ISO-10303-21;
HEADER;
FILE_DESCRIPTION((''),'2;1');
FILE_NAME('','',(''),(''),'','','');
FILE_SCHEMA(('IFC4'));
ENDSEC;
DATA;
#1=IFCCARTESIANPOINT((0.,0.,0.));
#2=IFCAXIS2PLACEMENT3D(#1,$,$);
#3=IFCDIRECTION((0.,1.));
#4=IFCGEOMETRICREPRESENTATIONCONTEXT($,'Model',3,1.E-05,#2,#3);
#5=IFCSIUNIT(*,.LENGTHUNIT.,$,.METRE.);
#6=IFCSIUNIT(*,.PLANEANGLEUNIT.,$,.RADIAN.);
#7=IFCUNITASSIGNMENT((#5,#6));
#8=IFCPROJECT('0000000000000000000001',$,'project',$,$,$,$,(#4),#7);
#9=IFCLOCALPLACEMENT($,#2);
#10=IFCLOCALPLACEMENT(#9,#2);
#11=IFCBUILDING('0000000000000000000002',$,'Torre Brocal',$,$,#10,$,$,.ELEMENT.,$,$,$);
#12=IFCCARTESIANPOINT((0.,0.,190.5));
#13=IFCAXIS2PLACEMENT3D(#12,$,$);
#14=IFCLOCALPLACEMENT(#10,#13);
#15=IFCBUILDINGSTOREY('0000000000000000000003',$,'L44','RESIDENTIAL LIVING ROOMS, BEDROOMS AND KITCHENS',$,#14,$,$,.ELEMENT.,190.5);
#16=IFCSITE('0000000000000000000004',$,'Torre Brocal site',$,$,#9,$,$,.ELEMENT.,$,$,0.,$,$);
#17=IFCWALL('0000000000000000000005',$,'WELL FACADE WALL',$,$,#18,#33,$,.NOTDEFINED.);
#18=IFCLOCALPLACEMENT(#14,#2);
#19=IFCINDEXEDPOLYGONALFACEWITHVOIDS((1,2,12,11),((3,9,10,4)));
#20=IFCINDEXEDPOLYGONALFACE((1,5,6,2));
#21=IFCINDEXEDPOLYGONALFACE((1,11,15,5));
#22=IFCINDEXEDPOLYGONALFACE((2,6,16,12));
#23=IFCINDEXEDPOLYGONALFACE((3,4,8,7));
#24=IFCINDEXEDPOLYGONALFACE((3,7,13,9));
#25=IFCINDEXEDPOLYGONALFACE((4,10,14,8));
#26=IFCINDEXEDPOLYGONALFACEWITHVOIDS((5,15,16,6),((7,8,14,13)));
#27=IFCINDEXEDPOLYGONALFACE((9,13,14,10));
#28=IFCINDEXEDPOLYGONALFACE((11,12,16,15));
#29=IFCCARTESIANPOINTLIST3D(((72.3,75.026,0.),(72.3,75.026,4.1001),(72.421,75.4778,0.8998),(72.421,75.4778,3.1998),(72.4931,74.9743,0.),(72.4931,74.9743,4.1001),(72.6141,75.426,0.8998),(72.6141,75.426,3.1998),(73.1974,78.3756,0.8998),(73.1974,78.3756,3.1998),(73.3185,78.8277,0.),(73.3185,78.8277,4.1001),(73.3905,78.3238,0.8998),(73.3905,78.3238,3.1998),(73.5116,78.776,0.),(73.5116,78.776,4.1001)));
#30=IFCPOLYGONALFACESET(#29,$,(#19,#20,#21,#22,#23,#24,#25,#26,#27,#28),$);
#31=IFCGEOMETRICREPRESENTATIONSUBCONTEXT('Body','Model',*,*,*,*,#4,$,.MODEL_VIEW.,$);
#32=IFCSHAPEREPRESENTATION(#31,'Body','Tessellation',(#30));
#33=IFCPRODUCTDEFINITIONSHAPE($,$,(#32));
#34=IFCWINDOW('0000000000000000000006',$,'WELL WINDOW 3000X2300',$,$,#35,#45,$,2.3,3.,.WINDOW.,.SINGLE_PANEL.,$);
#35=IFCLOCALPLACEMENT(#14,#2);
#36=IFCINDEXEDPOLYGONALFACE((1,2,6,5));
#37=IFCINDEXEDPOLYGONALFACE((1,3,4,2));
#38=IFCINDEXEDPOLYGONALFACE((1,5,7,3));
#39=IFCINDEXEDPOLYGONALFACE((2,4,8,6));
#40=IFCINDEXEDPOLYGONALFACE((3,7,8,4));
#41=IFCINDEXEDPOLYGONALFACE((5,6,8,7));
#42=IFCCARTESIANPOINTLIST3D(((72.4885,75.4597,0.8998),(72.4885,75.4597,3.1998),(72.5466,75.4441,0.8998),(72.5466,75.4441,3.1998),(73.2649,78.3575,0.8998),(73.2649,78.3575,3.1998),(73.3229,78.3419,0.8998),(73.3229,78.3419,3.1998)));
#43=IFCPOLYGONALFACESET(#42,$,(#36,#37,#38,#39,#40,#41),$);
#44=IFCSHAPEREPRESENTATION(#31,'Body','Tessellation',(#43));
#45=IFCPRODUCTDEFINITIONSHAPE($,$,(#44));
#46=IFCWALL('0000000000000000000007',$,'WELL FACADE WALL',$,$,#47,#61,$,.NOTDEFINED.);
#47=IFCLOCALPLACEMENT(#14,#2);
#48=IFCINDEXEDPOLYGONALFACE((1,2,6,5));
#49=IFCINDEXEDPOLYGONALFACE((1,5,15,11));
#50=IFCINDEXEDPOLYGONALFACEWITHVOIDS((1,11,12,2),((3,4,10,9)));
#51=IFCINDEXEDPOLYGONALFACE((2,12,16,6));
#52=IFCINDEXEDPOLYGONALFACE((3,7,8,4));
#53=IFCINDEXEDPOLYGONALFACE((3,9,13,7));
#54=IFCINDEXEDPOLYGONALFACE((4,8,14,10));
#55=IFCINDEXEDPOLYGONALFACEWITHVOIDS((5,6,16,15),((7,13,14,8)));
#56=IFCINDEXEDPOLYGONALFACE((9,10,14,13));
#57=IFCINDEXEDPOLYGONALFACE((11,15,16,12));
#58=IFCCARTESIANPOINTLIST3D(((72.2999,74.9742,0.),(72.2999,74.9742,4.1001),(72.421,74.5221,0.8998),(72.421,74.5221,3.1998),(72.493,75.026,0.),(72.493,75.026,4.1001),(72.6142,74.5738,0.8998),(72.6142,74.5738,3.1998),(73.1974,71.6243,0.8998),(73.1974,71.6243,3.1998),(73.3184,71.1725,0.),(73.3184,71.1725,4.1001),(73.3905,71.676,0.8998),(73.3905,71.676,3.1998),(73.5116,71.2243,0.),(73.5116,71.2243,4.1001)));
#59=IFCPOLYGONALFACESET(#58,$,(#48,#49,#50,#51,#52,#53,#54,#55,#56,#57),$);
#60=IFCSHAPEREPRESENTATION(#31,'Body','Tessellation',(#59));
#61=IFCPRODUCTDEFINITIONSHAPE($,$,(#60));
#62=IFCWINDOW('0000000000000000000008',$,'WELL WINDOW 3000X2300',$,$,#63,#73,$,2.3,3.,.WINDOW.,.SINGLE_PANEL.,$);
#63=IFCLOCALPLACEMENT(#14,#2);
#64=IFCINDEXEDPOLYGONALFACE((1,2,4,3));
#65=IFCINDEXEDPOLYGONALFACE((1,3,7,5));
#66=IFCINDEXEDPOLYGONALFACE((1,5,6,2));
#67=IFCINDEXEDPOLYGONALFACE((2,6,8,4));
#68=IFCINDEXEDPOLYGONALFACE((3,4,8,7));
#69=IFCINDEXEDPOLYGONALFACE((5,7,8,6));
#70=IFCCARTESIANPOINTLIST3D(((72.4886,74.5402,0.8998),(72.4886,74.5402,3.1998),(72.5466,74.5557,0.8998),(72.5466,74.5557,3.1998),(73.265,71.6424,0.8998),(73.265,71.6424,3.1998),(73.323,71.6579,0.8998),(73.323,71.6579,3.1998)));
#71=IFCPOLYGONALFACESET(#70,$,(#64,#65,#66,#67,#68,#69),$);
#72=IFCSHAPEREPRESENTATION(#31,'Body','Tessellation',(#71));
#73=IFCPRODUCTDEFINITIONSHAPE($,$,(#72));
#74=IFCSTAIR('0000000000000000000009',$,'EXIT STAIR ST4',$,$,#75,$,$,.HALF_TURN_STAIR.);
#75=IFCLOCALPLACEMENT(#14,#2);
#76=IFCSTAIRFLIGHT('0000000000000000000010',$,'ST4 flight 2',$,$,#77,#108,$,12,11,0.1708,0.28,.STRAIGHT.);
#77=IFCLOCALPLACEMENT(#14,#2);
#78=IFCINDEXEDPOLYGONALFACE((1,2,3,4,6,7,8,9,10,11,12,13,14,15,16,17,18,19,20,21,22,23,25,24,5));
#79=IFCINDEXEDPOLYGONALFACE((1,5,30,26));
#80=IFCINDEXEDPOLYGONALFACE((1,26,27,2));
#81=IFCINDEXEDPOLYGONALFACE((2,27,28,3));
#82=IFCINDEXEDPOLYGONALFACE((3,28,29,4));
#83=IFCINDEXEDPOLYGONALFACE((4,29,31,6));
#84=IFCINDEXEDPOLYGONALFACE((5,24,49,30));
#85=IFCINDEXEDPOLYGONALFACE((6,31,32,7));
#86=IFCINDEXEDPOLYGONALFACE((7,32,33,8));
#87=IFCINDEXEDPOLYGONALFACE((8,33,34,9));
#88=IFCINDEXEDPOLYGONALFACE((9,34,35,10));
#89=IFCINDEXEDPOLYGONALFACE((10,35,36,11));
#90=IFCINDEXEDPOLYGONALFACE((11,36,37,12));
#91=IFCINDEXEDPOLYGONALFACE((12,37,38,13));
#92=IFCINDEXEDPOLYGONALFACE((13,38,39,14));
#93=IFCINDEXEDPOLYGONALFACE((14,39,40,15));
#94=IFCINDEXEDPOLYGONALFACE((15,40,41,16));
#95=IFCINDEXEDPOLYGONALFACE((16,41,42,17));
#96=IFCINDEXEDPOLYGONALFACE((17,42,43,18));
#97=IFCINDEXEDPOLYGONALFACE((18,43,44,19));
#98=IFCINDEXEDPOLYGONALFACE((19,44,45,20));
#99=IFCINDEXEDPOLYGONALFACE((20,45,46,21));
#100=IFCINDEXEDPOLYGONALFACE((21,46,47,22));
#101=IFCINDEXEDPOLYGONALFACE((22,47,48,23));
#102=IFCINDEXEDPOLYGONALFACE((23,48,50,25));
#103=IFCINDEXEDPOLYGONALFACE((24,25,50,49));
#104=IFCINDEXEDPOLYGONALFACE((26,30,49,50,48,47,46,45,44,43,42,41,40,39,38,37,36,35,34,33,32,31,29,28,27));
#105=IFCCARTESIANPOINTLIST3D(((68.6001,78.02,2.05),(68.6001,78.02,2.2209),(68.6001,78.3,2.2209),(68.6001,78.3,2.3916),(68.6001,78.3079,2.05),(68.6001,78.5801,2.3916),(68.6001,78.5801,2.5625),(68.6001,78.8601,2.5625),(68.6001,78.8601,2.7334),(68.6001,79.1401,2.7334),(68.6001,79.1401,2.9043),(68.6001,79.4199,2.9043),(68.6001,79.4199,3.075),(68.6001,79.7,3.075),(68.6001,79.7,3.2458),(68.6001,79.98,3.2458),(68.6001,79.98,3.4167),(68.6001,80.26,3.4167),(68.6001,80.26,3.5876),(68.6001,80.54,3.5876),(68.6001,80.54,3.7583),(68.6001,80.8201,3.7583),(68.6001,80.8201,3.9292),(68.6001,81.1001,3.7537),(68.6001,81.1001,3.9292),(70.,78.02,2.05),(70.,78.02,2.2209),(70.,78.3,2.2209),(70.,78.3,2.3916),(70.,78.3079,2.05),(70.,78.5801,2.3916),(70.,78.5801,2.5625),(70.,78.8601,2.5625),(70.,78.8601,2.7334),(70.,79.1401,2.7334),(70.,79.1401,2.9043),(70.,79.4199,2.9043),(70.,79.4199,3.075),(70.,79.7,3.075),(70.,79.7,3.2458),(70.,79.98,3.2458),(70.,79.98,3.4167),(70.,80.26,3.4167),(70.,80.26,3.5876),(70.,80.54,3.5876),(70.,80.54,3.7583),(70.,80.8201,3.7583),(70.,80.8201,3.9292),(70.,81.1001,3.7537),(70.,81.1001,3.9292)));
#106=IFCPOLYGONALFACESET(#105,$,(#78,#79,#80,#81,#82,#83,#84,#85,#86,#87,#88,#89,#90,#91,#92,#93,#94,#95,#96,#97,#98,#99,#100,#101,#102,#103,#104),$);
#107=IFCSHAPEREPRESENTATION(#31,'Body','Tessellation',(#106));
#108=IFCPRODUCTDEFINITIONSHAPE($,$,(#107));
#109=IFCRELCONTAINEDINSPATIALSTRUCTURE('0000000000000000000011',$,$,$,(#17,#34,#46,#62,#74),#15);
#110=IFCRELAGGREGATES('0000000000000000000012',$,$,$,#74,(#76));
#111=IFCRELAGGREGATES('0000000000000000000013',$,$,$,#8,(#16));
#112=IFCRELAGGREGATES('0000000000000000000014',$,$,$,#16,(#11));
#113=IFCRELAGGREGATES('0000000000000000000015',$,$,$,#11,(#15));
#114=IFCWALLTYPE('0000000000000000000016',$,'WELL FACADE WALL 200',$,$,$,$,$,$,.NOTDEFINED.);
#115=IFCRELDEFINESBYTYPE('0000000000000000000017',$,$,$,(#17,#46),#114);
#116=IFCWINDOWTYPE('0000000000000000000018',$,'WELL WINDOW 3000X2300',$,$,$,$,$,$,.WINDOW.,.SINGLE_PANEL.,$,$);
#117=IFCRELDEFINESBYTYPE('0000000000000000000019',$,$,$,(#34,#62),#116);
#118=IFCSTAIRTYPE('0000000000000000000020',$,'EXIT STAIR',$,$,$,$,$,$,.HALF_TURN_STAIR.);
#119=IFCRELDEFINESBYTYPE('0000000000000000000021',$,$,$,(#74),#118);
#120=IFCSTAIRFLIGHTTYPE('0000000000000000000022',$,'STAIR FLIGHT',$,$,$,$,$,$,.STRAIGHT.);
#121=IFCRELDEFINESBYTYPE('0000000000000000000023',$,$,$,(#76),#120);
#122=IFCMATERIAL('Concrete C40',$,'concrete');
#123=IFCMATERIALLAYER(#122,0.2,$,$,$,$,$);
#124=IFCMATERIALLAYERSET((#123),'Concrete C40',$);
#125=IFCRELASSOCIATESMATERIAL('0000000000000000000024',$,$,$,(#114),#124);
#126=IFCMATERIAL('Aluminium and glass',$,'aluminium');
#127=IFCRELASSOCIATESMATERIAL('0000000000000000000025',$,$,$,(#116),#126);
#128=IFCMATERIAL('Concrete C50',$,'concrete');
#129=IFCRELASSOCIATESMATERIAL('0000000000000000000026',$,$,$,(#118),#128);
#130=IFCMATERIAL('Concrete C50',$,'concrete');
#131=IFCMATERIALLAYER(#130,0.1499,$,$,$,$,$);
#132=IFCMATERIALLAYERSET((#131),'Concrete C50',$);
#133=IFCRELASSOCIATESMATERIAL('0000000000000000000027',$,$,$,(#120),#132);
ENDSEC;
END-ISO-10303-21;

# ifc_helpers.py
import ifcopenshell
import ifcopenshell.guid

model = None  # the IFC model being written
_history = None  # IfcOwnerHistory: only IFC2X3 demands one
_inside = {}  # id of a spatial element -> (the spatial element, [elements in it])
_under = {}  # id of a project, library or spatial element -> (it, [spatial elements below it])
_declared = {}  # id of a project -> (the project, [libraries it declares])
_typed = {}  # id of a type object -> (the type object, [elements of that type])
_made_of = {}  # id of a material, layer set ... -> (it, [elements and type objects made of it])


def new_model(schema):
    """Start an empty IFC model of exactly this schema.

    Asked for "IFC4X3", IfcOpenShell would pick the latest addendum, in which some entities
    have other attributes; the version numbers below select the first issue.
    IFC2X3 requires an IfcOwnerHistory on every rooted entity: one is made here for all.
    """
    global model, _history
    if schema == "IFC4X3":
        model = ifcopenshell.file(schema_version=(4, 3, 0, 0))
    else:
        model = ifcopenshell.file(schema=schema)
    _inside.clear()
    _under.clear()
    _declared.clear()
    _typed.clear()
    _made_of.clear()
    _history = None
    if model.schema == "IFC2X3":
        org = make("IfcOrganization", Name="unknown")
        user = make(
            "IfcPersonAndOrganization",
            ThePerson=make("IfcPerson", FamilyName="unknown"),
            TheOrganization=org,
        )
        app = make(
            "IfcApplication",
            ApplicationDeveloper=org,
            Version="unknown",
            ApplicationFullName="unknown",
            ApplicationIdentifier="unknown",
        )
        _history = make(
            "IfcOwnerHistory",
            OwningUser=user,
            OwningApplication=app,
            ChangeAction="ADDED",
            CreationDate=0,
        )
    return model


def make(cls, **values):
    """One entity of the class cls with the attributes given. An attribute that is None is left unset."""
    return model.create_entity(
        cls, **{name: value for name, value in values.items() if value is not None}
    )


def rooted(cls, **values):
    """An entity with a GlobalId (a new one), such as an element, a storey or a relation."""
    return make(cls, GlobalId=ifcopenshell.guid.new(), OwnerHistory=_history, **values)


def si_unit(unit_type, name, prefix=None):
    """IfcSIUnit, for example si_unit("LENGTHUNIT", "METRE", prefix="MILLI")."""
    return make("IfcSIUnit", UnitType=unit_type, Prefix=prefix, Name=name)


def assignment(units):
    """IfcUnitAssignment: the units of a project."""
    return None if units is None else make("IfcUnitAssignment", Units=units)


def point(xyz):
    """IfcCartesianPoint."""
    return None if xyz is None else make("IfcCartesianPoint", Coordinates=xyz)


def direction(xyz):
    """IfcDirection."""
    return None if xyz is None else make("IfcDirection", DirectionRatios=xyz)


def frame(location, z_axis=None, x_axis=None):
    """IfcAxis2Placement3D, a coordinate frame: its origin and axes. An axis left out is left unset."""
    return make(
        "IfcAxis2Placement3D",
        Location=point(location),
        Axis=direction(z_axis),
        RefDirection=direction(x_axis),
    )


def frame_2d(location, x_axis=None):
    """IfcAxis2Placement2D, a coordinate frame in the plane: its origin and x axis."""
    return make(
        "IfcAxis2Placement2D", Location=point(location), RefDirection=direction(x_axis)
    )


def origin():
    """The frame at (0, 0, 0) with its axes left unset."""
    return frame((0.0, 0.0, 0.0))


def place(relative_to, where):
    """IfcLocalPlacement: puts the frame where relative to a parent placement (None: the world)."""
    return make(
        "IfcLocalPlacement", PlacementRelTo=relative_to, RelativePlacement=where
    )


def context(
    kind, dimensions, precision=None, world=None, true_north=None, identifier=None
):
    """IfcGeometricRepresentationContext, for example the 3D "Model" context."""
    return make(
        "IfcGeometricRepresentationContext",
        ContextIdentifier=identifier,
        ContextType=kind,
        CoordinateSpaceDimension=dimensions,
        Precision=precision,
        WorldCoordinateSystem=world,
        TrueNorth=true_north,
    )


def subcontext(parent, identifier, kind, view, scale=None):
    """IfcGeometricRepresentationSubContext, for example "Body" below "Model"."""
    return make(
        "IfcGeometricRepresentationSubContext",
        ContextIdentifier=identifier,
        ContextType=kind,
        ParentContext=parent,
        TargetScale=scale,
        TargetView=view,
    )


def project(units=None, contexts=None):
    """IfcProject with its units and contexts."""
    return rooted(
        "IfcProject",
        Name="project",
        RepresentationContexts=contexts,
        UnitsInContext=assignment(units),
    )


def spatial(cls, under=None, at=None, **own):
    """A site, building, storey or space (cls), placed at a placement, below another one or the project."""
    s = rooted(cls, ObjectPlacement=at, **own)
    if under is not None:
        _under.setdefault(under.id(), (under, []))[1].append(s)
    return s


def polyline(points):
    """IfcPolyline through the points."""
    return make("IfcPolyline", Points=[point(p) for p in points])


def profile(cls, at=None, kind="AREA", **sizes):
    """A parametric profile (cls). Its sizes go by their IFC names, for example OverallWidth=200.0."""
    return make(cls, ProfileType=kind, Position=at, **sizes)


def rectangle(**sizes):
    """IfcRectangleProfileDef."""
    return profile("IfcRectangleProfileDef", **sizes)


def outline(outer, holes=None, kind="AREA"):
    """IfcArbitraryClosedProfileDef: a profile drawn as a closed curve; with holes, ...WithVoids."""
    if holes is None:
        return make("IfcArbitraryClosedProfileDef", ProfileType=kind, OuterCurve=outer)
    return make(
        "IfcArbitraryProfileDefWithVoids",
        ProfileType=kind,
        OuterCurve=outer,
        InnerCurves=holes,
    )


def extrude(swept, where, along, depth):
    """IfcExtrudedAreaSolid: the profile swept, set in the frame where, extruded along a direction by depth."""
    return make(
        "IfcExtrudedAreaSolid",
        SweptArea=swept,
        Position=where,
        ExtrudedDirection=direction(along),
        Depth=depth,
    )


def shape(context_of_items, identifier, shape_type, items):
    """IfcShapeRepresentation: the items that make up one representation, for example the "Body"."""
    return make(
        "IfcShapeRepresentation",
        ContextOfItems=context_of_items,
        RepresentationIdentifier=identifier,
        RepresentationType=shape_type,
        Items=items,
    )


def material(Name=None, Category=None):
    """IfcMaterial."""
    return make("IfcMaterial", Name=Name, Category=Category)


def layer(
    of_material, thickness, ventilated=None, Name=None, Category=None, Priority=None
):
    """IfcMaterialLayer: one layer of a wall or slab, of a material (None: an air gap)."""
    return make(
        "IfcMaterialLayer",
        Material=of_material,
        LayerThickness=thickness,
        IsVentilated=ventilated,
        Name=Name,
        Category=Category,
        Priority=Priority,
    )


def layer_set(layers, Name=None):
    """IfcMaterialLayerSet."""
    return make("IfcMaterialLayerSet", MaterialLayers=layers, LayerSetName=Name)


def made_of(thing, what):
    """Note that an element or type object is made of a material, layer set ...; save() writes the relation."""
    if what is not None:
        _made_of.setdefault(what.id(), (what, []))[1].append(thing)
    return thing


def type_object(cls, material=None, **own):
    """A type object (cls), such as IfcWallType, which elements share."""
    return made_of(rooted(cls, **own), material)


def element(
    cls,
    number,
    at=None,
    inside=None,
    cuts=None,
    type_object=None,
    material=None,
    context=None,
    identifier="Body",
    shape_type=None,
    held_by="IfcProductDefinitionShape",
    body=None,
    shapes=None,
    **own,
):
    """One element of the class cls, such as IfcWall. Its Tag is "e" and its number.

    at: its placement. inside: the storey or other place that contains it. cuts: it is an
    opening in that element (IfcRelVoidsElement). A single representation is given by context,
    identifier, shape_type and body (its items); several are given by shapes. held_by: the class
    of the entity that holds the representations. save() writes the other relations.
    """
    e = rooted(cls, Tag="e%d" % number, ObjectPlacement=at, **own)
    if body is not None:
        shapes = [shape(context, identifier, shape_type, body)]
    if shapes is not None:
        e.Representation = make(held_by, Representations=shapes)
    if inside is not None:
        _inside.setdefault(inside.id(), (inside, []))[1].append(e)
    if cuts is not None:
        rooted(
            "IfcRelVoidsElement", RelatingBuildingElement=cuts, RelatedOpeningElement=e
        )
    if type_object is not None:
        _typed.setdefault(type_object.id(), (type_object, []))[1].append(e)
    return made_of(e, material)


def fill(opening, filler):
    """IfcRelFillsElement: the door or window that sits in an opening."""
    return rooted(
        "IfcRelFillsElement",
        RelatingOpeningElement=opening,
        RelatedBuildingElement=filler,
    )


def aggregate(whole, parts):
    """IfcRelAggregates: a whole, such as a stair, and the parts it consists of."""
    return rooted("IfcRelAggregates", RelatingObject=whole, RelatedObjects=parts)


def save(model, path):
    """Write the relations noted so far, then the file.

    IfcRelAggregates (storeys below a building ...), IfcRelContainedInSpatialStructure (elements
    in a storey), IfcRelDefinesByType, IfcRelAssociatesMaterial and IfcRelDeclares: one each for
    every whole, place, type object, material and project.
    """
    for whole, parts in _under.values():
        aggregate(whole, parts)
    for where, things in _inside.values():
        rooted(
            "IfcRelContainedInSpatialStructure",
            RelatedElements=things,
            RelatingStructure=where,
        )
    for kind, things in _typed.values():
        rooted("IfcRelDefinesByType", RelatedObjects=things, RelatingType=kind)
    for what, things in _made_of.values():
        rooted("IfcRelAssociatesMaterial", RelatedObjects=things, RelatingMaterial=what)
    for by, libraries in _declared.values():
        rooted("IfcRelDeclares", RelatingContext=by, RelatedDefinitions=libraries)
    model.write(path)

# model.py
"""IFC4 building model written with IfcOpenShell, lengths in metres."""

from ifc_helpers import new_model, si_unit, direction, frame, frame_2d, origin, place, context, subcontext, project, spatial, polyline, rectangle, outline, extrude, material, layer, layer_set, type_object, element, fill, aggregate, save


model = new_model("IFC4")

# Units and contexts
model_context = context("Model", 3, precision=1e-05, world=origin(), true_north=direction((0.0, 1.0)))
body_context = subcontext(model_context, "Body", "Model", "MODEL_VIEW")
ifc_project = project(units=[si_unit("LENGTHUNIT", "METRE"), si_unit("PLANEANGLEUNIT", "RADIAN")], contexts=[model_context])

# Site, building, storey
site_placement = place(None, origin())
site = spatial("IfcSite", under=ifc_project, at=site_placement, Name="Torre Brocal site", CompositionType="ELEMENT", RefElevation=0.0)
building_placement = place(site_placement, origin())
building = spatial("IfcBuilding", under=site, at=building_placement, Name="Torre Brocal", CompositionType="ELEMENT")
storey_placement = place(building_placement, frame((0.0, 0.0, 190.5)))
storey = spatial("IfcBuildingStorey", under=building, at=storey_placement, Name="L44", Description="RESIDENTIAL LIVING ROOMS, BEDROOMS AND KITCHENS", CompositionType="ELEMENT", Elevation=190.5)

# Walls, openings, windows
ifc_material_1 = material(Name="Concrete C40", Category="concrete")
ifc_layer_1 = layer(ifc_material_1, 0.2)
ifc_layer_set_1 = layer_set([ifc_layer_1], Name="Concrete C40")
wall_type_1 = type_object("IfcWallType", Name="WELL FACADE WALL 200", PredefinedType="NOTDEFINED", material=ifc_layer_set_1)
wall_1_placement = place(storey_placement, frame((73.415, 78.8018, 0.0), z_axis=(0.0, 0.0, 1.0), x_axis=(-0.25879, -0.965934, 0.0)))
wall_1 = element("IfcWall", 1, at=wall_1_placement, inside=storey, type_object=wall_type_1, Name="WELL FACADE WALL", PredefinedType="NOTDEFINED", context=body_context, shape_type="SweptSolid", body=[
    extrude(rectangle(XDim=3.9358, YDim=0.2, at=frame_2d((1.9678, 0.0))), origin(), (0.0, 0.0, 1.0), 4.1001),
])
opening_1_placement = place(wall_1_placement, frame((0.468, 0.0, 0.8999)))
opening_1 = element("IfcOpeningElement", 2, at=opening_1_placement, cuts=wall_1, PredefinedType="OPENING", context=body_context, shape_type="SweptSolid", body=[
    extrude(rectangle(XDim=3.0, YDim=2.3, at=frame_2d((1.5, 1.1499))), frame((0.0, 0.1099, 0.0), z_axis=(0.0, -1.0, 0.0), x_axis=(1.0, 0.0, 0.0)), (0.0, 0.0, 1.0), 0.22),
])
ifc_material_2 = material(Name="Aluminium and glass", Category="aluminium")
window_type = type_object("IfcWindowType", Name="WELL WINDOW 3000X2300", PartitioningType="SINGLE_PANEL", PredefinedType="WINDOW", material=ifc_material_2)
window_1_placement = place(opening_1_placement, origin())
window_1 = element("IfcWindow", 3, at=window_1_placement, inside=storey, type_object=window_type, Name="WELL WINDOW 3000X2300", OverallHeight=2.3, OverallWidth=3.0, PartitioningType="SINGLE_PANEL", PredefinedType="WINDOW", context=body_context, shape_type="SweptSolid", body=[
    extrude(rectangle(XDim=3.0, YDim=2.3, at=frame_2d((1.5, 1.1499))), frame((0.0, 0.03, 0.0), z_axis=(0.0, -1.0, 0.0), x_axis=(1.0, 0.0, 0.0)), (0.0, 0.0, 1.0), 0.0601),
])
fill(opening_1, window_1)
wall_2_placement = place(storey_placement, frame((72.3965, 75.0, 0.0), z_axis=(0.0, 0.0, 1.0), x_axis=(0.25879, -0.965934, 0.0)))
wall_2 = element("IfcWall", 4, at=wall_2_placement, inside=storey, type_object=wall_type_1, Name="WELL FACADE WALL", PredefinedType="NOTDEFINED", context=body_context, shape_type="SweptSolid", body=[
    extrude(rectangle(XDim=3.9358, YDim=0.2, at=frame_2d((1.9678, 0.0))), origin(), (0.0, 0.0, 1.0), 4.1001),
])
opening_2_placement = place(wall_2_placement, frame((0.468, 0.0, 0.8999)))
opening_2 = element("IfcOpeningElement", 5, at=opening_2_placement, cuts=wall_2, PredefinedType="OPENING", context=body_context, shape_type="SweptSolid", body=[
    extrude(rectangle(XDim=3.0, YDim=2.3, at=frame_2d((1.5, 1.1499))), frame((0.0, 0.1099, 0.0), z_axis=(0.0, -1.0, 0.0), x_axis=(1.0, 0.0, 0.0)), (0.0, 0.0, 1.0), 0.22),
])
window_2_placement = place(opening_2_placement, origin())
window_2 = element("IfcWindow", 6, at=window_2_placement, inside=storey, type_object=window_type, Name="WELL WINDOW 3000X2300", OverallHeight=2.3, OverallWidth=3.0, PartitioningType="SINGLE_PANEL", PredefinedType="WINDOW", context=body_context, shape_type="SweptSolid", body=[
    extrude(rectangle(XDim=3.0, YDim=2.3, at=frame_2d((1.5, 1.1499))), frame((0.0, 0.03, 0.0), z_axis=(0.0, -1.0, 0.0), x_axis=(1.0, 0.0, 0.0)), (0.0, 0.0, 1.0), 0.0601),
])
fill(opening_2, window_2)

# Stair, stair flight
ifc_material_3 = material(Name="Concrete C50", Category="concrete")
stair_type = type_object("IfcStairType", Name="EXIT STAIR", PredefinedType="HALF_TURN_STAIR", material=ifc_material_3)
stair_placement = place(storey_placement, origin())
stair = element("IfcStair", 7, at=stair_placement, inside=storey, type_object=stair_type, Name="EXIT STAIR ST4", PredefinedType="HALF_TURN_STAIR")
ifc_material_4 = material(Name="Concrete C50", Category="concrete")
ifc_layer_2 = layer(ifc_material_4, 0.1499)
ifc_layer_set_2 = layer_set([ifc_layer_2], Name="Concrete C50")
stair_flight_type = type_object("IfcStairFlightType", Name="STAIR FLIGHT", PredefinedType="STRAIGHT", material=ifc_layer_set_2)
stair_flight_placement = place(storey_placement, frame((69.3, 78.02, 2.05), z_axis=(0.0, 0.0, 1.0), x_axis=(0.0, 1.0, 0.0)))
stair_flight = element("IfcStairFlight", 8, at=stair_flight_placement, type_object=stair_flight_type, Name="ST4 flight 2", NumberOfRisers=12, NumberOfTreads=11, PredefinedType="STRAIGHT", RiserHeight=0.1708, TreadLength=0.28, context=body_context, shape_type="SweptSolid", body=[
    extrude(outline(polyline([(0.0, 0.0), (0.0, 0.1709), (0.28, 0.1709), (0.28, 0.3416), (0.5601, 0.3416), (0.5601, 0.5125), (0.8401, 0.5125), (0.8401, 0.6833), (1.1201, 0.6833), (1.1201, 0.8542), (1.3999, 0.8542), (1.3999, 1.0249), (1.6799, 1.0249), (1.6799, 1.1958), (1.96, 1.1958), (1.96, 1.3667), (2.24, 1.3667), (2.24, 1.5376), (2.52, 1.5376), (2.52, 1.7083), (2.8, 1.7083), (2.8, 1.8792), (3.0801, 1.8792), (3.0801, 2.05), (3.0801, 1.7036), (0.2878, 0.0), (0.0, 0.0)])), frame((0.0, 0.7, 0.0), z_axis=(0.0, -1.0, 0.0), x_axis=(1.0, 0.0, 0.0)), (0.0, 0.0, 1.0), 1.3999),
])
aggregate(stair, [stair_flight])

save(model, "model.ifc")
